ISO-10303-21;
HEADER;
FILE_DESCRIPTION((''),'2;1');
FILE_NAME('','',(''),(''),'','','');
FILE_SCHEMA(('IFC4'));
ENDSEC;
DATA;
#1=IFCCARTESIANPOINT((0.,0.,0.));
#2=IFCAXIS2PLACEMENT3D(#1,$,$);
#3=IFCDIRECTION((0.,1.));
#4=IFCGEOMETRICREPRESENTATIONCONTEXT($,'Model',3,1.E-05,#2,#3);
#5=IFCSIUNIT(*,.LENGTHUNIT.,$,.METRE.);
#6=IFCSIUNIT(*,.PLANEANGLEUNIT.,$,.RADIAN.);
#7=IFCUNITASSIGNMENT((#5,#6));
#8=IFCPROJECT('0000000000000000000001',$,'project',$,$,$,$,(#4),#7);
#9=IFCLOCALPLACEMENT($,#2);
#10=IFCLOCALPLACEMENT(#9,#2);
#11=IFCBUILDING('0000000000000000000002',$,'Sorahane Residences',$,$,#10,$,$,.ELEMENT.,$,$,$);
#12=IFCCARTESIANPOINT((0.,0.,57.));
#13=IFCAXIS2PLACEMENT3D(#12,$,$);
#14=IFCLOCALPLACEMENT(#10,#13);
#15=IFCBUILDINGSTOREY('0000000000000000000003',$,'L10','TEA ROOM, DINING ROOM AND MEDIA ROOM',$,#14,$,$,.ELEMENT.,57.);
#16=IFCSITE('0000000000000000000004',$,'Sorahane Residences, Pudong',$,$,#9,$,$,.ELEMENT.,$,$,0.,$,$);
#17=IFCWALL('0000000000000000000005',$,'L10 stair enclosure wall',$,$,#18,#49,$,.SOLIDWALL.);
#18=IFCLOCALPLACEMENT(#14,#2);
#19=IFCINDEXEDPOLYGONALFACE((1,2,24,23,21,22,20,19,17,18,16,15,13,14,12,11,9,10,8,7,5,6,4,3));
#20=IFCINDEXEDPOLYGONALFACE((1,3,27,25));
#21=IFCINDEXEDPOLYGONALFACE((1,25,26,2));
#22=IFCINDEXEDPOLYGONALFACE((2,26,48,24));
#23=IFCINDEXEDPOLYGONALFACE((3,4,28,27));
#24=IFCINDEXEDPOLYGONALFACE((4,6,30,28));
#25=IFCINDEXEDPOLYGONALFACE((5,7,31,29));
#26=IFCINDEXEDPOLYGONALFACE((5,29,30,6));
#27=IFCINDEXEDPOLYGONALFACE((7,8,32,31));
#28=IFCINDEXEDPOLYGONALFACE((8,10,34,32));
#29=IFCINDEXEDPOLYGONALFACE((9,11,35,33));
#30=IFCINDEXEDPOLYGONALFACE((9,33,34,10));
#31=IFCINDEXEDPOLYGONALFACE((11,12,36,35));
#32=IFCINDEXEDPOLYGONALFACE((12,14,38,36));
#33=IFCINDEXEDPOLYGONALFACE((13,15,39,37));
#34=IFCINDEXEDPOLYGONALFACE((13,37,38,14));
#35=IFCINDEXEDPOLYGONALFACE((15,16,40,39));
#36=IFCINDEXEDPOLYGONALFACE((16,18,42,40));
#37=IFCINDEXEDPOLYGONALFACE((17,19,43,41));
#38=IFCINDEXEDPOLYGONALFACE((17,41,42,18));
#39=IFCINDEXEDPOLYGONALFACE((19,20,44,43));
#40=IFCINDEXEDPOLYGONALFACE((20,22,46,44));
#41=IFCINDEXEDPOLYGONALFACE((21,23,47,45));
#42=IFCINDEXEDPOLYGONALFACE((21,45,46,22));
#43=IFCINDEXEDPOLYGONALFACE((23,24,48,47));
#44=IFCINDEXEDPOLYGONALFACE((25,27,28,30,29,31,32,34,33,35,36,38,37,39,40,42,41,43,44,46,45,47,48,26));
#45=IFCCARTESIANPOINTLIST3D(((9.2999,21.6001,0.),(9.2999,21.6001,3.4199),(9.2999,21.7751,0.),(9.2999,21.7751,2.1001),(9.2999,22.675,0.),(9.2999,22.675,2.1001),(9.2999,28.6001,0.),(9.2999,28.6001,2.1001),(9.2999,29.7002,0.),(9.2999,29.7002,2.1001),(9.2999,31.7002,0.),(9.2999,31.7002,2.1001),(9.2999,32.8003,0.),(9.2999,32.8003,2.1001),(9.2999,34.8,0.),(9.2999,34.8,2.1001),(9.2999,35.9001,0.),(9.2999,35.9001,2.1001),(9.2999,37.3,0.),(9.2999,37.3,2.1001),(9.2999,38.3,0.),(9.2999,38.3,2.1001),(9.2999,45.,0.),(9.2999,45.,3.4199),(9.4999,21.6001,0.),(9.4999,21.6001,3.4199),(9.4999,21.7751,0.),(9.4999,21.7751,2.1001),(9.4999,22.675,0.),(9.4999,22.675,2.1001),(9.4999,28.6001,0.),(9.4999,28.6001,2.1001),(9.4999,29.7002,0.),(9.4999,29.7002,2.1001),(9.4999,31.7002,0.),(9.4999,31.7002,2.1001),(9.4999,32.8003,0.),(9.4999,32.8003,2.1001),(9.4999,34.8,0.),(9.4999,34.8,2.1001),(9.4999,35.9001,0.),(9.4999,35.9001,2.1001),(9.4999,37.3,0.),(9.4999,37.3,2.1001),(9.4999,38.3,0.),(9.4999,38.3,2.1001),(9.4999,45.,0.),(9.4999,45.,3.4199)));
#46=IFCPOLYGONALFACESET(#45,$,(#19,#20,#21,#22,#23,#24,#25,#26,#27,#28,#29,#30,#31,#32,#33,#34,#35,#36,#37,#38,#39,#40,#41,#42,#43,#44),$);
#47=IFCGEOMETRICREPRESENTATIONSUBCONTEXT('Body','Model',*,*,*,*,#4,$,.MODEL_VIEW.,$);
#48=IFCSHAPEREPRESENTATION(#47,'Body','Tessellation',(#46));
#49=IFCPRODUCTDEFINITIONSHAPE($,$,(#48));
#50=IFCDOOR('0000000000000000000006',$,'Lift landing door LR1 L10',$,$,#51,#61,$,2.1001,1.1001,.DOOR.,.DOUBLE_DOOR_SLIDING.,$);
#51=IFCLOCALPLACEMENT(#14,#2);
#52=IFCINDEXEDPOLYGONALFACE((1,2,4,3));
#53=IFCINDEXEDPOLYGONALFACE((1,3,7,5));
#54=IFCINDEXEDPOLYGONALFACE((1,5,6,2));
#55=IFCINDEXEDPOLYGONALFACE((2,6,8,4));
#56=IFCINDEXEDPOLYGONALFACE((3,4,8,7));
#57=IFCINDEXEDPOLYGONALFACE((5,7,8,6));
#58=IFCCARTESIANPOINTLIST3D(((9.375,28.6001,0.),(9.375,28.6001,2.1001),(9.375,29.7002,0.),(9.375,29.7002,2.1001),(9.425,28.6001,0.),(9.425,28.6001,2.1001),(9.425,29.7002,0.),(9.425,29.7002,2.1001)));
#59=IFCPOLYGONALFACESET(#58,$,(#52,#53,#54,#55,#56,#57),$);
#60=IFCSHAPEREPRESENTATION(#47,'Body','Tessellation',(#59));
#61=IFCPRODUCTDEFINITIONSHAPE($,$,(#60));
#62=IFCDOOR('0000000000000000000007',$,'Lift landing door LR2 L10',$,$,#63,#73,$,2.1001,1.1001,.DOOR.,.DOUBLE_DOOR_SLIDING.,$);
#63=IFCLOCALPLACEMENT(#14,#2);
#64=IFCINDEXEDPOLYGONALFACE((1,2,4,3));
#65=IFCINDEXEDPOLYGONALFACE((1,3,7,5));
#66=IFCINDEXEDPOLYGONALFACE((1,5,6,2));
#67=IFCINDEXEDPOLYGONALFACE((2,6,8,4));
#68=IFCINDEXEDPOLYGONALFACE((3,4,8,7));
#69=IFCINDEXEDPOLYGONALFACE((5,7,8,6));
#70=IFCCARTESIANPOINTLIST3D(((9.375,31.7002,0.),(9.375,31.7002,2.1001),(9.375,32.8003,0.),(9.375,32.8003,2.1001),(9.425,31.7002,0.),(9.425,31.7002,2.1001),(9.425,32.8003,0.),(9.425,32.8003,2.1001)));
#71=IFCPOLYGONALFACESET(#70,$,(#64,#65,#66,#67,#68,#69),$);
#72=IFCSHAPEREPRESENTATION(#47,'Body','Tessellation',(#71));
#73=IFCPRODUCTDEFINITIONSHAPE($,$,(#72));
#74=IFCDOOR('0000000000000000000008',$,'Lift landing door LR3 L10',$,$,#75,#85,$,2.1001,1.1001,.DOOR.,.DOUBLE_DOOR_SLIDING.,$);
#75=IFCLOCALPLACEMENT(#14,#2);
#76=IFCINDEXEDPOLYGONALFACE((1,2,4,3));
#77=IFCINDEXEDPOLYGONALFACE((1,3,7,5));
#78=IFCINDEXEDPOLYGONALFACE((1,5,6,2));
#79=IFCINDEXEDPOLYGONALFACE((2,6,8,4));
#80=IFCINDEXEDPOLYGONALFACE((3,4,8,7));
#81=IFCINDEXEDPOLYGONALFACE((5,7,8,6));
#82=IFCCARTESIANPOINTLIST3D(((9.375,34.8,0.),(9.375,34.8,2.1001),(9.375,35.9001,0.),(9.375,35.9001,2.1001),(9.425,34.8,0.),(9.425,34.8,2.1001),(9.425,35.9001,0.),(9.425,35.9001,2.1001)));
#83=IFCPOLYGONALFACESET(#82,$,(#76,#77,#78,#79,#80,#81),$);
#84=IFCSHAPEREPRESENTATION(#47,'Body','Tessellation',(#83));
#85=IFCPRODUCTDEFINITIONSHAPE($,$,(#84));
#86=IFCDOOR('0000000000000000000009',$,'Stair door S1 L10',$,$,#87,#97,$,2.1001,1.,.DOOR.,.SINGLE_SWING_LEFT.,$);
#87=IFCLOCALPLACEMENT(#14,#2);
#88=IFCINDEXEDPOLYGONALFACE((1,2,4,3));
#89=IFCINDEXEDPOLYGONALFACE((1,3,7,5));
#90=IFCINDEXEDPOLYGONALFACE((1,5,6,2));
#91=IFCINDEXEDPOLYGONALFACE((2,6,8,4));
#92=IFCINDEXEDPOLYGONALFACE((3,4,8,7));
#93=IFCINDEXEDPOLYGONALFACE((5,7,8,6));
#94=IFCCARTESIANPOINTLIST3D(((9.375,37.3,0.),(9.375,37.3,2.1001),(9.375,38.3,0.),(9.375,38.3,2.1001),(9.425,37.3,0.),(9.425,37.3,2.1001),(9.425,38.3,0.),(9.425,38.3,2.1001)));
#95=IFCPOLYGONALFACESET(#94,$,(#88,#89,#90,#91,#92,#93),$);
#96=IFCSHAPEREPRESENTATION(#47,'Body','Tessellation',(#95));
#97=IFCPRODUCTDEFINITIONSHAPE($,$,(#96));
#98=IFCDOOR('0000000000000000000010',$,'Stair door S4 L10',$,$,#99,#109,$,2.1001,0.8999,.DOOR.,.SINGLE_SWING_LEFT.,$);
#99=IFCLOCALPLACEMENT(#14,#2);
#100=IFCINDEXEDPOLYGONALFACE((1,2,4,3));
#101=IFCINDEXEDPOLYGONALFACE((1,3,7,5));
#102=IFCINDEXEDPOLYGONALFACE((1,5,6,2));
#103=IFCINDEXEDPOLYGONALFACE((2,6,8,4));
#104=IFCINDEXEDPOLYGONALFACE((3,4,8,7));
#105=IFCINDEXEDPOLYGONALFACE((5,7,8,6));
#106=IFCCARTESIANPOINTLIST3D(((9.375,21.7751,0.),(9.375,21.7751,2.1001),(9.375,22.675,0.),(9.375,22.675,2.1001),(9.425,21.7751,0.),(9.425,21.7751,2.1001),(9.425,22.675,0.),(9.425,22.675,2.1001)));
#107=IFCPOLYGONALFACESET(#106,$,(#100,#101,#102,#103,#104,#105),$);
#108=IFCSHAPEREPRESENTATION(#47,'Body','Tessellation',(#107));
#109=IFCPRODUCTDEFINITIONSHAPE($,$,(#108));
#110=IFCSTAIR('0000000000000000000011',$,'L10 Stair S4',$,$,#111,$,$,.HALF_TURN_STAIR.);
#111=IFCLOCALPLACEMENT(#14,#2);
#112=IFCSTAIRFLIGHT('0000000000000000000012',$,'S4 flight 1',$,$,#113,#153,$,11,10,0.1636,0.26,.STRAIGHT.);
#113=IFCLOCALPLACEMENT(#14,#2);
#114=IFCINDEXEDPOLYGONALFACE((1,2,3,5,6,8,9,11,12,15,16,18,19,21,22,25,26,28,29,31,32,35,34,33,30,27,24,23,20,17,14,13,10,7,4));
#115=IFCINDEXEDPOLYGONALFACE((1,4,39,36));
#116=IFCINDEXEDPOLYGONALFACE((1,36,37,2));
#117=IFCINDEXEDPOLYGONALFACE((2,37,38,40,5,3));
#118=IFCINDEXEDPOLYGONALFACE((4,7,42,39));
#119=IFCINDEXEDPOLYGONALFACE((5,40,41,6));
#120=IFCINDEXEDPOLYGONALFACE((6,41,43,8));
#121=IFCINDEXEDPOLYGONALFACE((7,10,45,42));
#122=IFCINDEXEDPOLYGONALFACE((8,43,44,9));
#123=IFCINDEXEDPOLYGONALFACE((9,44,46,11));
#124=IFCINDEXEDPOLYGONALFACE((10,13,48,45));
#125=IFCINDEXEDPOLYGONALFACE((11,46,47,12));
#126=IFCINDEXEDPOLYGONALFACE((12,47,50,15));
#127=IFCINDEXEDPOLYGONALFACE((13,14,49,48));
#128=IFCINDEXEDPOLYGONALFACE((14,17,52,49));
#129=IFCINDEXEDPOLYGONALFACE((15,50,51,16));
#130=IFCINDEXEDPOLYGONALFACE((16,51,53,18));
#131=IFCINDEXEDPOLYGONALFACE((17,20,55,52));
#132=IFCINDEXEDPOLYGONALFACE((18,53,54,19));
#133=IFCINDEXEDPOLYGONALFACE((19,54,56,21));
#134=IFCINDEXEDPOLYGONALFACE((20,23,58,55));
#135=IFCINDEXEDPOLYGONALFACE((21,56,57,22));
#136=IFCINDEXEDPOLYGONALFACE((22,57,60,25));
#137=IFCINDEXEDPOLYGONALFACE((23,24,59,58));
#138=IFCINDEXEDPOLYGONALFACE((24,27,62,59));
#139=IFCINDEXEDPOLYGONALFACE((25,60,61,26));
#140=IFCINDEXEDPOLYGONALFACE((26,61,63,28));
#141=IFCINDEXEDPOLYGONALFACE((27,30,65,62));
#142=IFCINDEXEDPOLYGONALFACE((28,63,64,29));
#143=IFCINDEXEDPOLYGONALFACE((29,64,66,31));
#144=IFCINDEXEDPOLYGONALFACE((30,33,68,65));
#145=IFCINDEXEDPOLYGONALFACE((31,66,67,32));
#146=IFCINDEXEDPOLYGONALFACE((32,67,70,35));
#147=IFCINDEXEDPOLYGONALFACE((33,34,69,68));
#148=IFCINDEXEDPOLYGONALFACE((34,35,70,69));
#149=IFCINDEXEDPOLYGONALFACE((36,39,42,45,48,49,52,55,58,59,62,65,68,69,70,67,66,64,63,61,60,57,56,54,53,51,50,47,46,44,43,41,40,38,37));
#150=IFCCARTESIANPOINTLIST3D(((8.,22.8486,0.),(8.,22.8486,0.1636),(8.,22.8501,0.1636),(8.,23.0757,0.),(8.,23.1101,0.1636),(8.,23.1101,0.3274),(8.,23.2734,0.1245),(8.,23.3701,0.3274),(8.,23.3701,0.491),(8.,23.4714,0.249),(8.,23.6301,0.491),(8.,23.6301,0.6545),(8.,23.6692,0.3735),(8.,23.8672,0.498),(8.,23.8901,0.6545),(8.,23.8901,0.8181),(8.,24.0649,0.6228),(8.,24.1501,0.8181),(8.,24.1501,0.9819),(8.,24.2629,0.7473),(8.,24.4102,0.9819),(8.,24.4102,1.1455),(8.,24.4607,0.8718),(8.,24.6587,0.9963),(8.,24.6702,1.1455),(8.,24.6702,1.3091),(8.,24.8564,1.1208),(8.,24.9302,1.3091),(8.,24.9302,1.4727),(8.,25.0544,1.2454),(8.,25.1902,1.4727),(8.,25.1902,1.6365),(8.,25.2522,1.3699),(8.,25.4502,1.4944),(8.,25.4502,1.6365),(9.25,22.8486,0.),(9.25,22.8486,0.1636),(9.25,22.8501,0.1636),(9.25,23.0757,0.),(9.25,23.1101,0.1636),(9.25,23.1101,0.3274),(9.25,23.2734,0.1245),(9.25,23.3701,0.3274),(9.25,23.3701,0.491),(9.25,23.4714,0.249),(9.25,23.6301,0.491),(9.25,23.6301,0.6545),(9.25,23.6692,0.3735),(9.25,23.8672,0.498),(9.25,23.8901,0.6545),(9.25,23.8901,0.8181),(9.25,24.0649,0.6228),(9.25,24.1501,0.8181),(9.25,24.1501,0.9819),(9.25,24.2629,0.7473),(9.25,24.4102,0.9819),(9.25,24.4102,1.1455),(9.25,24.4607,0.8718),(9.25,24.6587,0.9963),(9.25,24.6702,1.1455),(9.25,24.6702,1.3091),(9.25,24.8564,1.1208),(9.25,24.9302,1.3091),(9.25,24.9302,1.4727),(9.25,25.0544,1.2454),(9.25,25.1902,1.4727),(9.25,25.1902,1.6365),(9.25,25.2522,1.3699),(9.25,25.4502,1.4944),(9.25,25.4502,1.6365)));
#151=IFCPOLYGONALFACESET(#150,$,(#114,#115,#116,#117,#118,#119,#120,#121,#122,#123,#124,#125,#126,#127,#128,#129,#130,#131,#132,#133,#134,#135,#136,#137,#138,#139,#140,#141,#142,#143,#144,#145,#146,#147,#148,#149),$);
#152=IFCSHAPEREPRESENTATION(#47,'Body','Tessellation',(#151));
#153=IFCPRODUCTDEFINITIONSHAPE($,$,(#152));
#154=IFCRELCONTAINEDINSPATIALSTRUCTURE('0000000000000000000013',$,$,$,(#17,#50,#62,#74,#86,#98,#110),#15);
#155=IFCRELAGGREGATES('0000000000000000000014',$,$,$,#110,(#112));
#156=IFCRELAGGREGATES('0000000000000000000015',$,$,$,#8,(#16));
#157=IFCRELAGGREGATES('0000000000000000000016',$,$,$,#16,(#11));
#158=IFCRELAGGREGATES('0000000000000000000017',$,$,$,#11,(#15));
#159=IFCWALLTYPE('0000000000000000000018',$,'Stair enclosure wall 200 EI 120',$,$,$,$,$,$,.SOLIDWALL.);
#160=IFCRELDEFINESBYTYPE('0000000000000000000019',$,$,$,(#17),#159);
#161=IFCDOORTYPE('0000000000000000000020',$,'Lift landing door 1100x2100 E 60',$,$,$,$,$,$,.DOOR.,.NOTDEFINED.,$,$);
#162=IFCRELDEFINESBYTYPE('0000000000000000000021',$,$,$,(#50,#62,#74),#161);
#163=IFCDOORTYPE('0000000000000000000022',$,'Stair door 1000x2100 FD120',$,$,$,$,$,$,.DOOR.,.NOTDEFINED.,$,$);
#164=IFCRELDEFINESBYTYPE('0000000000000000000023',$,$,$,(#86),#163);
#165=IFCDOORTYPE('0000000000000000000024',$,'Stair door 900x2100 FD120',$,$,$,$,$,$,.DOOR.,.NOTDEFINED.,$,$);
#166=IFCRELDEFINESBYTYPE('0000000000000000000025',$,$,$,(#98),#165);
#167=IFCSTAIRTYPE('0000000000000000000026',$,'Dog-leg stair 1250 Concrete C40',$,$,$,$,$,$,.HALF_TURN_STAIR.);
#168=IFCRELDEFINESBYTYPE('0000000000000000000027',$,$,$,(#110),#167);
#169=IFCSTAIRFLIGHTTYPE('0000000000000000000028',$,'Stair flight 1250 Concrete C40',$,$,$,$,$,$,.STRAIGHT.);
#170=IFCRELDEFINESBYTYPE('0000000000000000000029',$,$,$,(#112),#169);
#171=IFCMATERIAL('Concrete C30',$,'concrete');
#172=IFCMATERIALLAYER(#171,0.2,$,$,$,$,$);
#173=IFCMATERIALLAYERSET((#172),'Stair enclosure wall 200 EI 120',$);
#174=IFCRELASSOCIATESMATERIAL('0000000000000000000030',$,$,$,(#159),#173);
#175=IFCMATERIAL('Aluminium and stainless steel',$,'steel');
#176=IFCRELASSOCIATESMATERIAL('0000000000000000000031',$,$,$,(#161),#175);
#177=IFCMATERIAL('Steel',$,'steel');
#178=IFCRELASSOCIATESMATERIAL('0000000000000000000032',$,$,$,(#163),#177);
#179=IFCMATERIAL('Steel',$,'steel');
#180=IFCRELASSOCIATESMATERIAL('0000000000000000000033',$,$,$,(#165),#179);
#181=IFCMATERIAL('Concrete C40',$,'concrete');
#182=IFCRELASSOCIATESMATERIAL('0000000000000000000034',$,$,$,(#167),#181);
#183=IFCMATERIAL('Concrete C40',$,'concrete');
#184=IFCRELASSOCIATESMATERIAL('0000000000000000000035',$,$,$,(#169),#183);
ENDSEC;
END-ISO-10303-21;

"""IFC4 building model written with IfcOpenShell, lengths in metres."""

from ifc_helpers import new_model, si_unit, direction, frame, frame_2d, origin, place, context, subcontext, project, spatial, polyline, rectangle, outline, extrude, material, layer, layer_set, type_object, element, fill, aggregate, save


model = new_model("IFC4")

# Units and contexts
model_context = context("Model", 3, precision=1e-05, world=origin(), true_north=direction((0.0, 1.0)))
body_context = subcontext(model_context, "Body", "Model", "MODEL_VIEW")
ifc_project = project(units=[si_unit("LENGTHUNIT", "METRE"), si_unit("PLANEANGLEUNIT", "RADIAN")], contexts=[model_context])

# Site, building, storey
site_placement = place(None, origin())
site = spatial("IfcSite", under=ifc_project, at=site_placement, Name="Sorahane Residences, Pudong", CompositionType="ELEMENT", RefElevation=0.0)
building_placement = place(site_placement, origin())
building = spatial("IfcBuilding", under=site, at=building_placement, Name="Sorahane Residences", CompositionType="ELEMENT")
storey_placement = place(building_placement, frame((0.0, 0.0, 57.0)))
storey = spatial("IfcBuildingStorey", under=building, at=storey_placement, Name="L10", Description="TEA ROOM, DINING ROOM AND MEDIA ROOM", CompositionType="ELEMENT", Elevation=57.0)

# Wall, openings, doors
ifc_material_1 = material(Name="Concrete C30", Category="concrete")
ifc_layer_1 = layer(ifc_material_1, 0.2)
ifc_layer_set_1 = layer_set([ifc_layer_1], Name="Stair enclosure wall 200 EI 120")
wall_type_1 = type_object("IfcWallType", Name="Stair enclosure wall 200 EI 120", PredefinedType="SOLIDWALL", material=ifc_layer_set_1)
wall_1_placement = place(storey_placement, frame((9.3999, 21.6001, 0.0), z_axis=(0.0, 0.0, 1.0), x_axis=(0.0, 1.0, 0.0)))
wall_1 = element("IfcWall", 1, at=wall_1_placement, inside=storey, type_object=wall_type_1, Name="L10 stair enclosure wall", PredefinedType="SOLIDWALL", context=body_context, shape_type="SweptSolid", body=[
    extrude(rectangle(XDim=23.3999, YDim=0.2, at=frame_2d((11.7, 0.0))), origin(), (0.0, 0.0, 1.0), 3.4199),
])
opening_1_placement = place(wall_1_placement, frame((7.0, 0.0, 0.0)))
opening_1 = element("IfcOpeningElement", 2, at=opening_1_placement, cuts=wall_1, PredefinedType="OPENING", context=body_context, shape_type="SweptSolid", body=[
    extrude(rectangle(XDim=1.1001, YDim=2.1001, at=frame_2d((0.55, 1.05))), frame((0.0, 0.1099, 0.0), z_axis=(0.0, -1.0, 0.0), x_axis=(1.0, 0.0, 0.0)), (0.0, 0.0, 1.0), 0.22),
])
opening_2_placement = place(wall_1_placement, frame((10.1001, 0.0, 0.0)))
opening_2 = element("IfcOpeningElement", 3, at=opening_2_placement, cuts=wall_1, PredefinedType="OPENING", context=body_context, shape_type="SweptSolid", body=[
    extrude(rectangle(XDim=1.1001, YDim=2.1001, at=frame_2d((0.55, 1.05))), frame((0.0, 0.1099, 0.0), z_axis=(0.0, -1.0, 0.0), x_axis=(1.0, 0.0, 0.0)), (0.0, 0.0, 1.0), 0.22),
])
opening_3_placement = place(wall_1_placement, frame((13.2, 0.0, 0.0)))
opening_3 = element("IfcOpeningElement", 4, at=opening_3_placement, cuts=wall_1, PredefinedType="OPENING", context=body_context, shape_type="SweptSolid", body=[
    extrude(rectangle(XDim=1.1001, YDim=2.1001, at=frame_2d((0.55, 1.05))), frame((0.0, 0.1099, 0.0), z_axis=(0.0, -1.0, 0.0), x_axis=(1.0, 0.0, 0.0)), (0.0, 0.0, 1.0), 0.22),
])
opening_4_placement = place(wall_1_placement, frame((15.7, 0.0, 0.0)))
opening_4 = element("IfcOpeningElement", 5, at=opening_4_placement, cuts=wall_1, PredefinedType="OPENING", context=body_context, shape_type="SweptSolid", body=[
    extrude(rectangle(XDim=1.0, YDim=2.1001, at=frame_2d((0.5, 1.05))), frame((0.0, 0.1099, 0.0), z_axis=(0.0, -1.0, 0.0), x_axis=(1.0, 0.0, 0.0)), (0.0, 0.0, 1.0), 0.22),
])
opening_5_placement = place(wall_1_placement, frame((0.175, 0.0, 0.0)))
opening_5 = element("IfcOpeningElement", 6, at=opening_5_placement, cuts=wall_1, PredefinedType="OPENING", context=body_context, shape_type="SweptSolid", body=[
    extrude(rectangle(XDim=0.8999, YDim=2.1001, at=frame_2d((0.45, 1.05))), frame((0.0, 0.1099, 0.0), z_axis=(0.0, -1.0, 0.0), x_axis=(1.0, 0.0, 0.0)), (0.0, 0.0, 1.0), 0.22),
])
ifc_material_2 = material(Name="Aluminium and stainless steel", Category="steel")
door_type_1 = type_object("IfcDoorType", Name="Lift landing door 1100x2100 E 60", OperationType="NOTDEFINED", PredefinedType="DOOR", material=ifc_material_2)
door_1_placement = place(opening_1_placement, origin())
door_1 = element("IfcDoor", 7, at=door_1_placement, inside=storey, type_object=door_type_1, Name="Lift landing door LR1 L10", OperationType="DOUBLE_DOOR_SLIDING", OverallHeight=2.1001, OverallWidth=1.1001, PredefinedType="DOOR", context=body_context, shape_type="SweptSolid", body=[
    extrude(rectangle(XDim=1.1001, YDim=2.1001, at=frame_2d((0.55, 1.05))), frame((0.0, 0.0249, 0.0), z_axis=(0.0, -1.0, 0.0), x_axis=(1.0, 0.0, 0.0)), (0.0, 0.0, 1.0), 0.05),
])
fill(opening_1, door_1)
door_2_placement = place(opening_2_placement, origin())
door_2 = element("IfcDoor", 8, at=door_2_placement, inside=storey, type_object=door_type_1, Name="Lift landing door LR2 L10", OperationType="DOUBLE_DOOR_SLIDING", OverallHeight=2.1001, OverallWidth=1.1001, PredefinedType="DOOR", context=body_context, shape_type="SweptSolid", body=[
    extrude(rectangle(XDim=1.1001, YDim=2.1001, at=frame_2d((0.55, 1.05))), frame((0.0, 0.0249, 0.0), z_axis=(0.0, -1.0, 0.0), x_axis=(1.0, 0.0, 0.0)), (0.0, 0.0, 1.0), 0.05),
])
fill(opening_2, door_2)
door_3_placement = place(opening_3_placement, origin())
door_3 = element("IfcDoor", 9, at=door_3_placement, inside=storey, type_object=door_type_1, Name="Lift landing door LR3 L10", OperationType="DOUBLE_DOOR_SLIDING", OverallHeight=2.1001, OverallWidth=1.1001, PredefinedType="DOOR", context=body_context, shape_type="SweptSolid", body=[
    extrude(rectangle(XDim=1.1001, YDim=2.1001, at=frame_2d((0.55, 1.05))), frame((0.0, 0.0249, 0.0), z_axis=(0.0, -1.0, 0.0), x_axis=(1.0, 0.0, 0.0)), (0.0, 0.0, 1.0), 0.05),
])
fill(opening_3, door_3)
ifc_material_3 = material(Name="Steel", Category="steel")
door_type_2 = type_object("IfcDoorType", Name="Stair door 1000x2100 FD120", OperationType="NOTDEFINED", PredefinedType="DOOR", material=ifc_material_3)
door_4_placement = place(opening_4_placement, origin())
door_4 = element("IfcDoor", 10, at=door_4_placement, inside=storey, type_object=door_type_2, Name="Stair door S1 L10", OperationType="SINGLE_SWING_LEFT", OverallHeight=2.1001, OverallWidth=1.0, PredefinedType="DOOR", context=body_context, shape_type="SweptSolid", body=[
    extrude(rectangle(XDim=1.0, YDim=2.1001, at=frame_2d((0.5, 1.05))), frame((0.0, 0.0249, 0.0), z_axis=(0.0, -1.0, 0.0), x_axis=(1.0, 0.0, 0.0)), (0.0, 0.0, 1.0), 0.05),
])
fill(opening_4, door_4)
ifc_material_4 = material(Name="Steel", Category="steel")
door_type_3 = type_object("IfcDoorType", Name="Stair door 900x2100 FD120", OperationType="NOTDEFINED", PredefinedType="DOOR", material=ifc_material_4)
door_5_placement = place(opening_5_placement, origin())
door_5 = element("IfcDoor", 11, at=door_5_placement, inside=storey, type_object=door_type_3, Name="Stair door S4 L10", OperationType="SINGLE_SWING_LEFT", OverallHeight=2.1001, OverallWidth=0.8999, PredefinedType="DOOR", context=body_context, shape_type="SweptSolid", body=[
    extrude(rectangle(XDim=0.8999, YDim=2.1001, at=frame_2d((0.45, 1.05))), frame((0.0, 0.0249, 0.0), z_axis=(0.0, -1.0, 0.0), x_axis=(1.0, 0.0, 0.0)), (0.0, 0.0, 1.0), 0.05),
])
fill(opening_5, door_5)

# Stair, stair flight
ifc_material_5 = material(Name="Concrete C40", Category="concrete")
stair_type = type_object("IfcStairType", Name="Dog-leg stair 1250 Concrete C40", PredefinedType="HALF_TURN_STAIR", material=ifc_material_5)
stair_placement = place(storey_placement, origin())
stair = element("IfcStair", 12, at=stair_placement, inside=storey, type_object=stair_type, Name="L10 Stair S4", PredefinedType="HALF_TURN_STAIR")
ifc_material_6 = material(Name="Concrete C40", Category="concrete")
stair_flight_type = type_object("IfcStairFlightType", Name="Stair flight 1250 Concrete C40", PredefinedType="STRAIGHT", material=ifc_material_6)
stair_flight_placement = place(storey_placement, frame((8.625, 22.8501, 0.0), z_axis=(0.0, 0.0, 1.0), x_axis=(0.0, 1.0, 0.0)))
stair_flight = element("IfcStairFlight", 13, at=stair_flight_placement, type_object=stair_flight_type, Name="S4 flight 1", NumberOfRisers=11, NumberOfTreads=10, PredefinedType="STRAIGHT", RiserHeight=0.1636, TreadLength=0.26, context=body_context, shape_type="SweptSolid", body=[
    extrude(outline(polyline([(-0.0015, 0.0), (-0.0015, 0.1636), (0.0, 0.1636), (0.26, 0.1636), (0.26, 0.3274), (0.52, 0.3274), (0.52, 0.491), (0.78, 0.491), (0.78, 0.6545), (1.04, 0.6545), (1.04, 0.8181), (1.3, 0.8181), (1.3, 0.9819), (1.5601, 0.9819), (1.5601, 1.1455), (1.8201, 1.1455), (1.8201, 1.3091), (2.0801, 1.3091), (2.0801, 1.4727), (2.3401, 1.4727), (2.3401, 1.6365), (2.6001, 1.6365), (2.6001, 1.8), (2.6001, 1.4944), (2.4021, 1.3699), (2.2043, 1.2454), (2.0063, 1.1208), (1.8086, 0.9963), (1.6106, 0.8718), (1.4128, 0.7473), (1.2148, 0.6228), (1.0171, 0.498), (0.8191, 0.3735), (0.6213, 0.249), (0.4233, 0.1245), (0.2256, 0.0), (-0.0015, 0.0)])), frame((0.0, 0.625, 0.0), z_axis=(0.0, -1.0, 0.0), x_axis=(1.0, 0.0, 0.0)), (0.0, 0.0, 1.0), 1.25),
])
aggregate(stair, [stair_flight])

save(model, "model.ifc")
